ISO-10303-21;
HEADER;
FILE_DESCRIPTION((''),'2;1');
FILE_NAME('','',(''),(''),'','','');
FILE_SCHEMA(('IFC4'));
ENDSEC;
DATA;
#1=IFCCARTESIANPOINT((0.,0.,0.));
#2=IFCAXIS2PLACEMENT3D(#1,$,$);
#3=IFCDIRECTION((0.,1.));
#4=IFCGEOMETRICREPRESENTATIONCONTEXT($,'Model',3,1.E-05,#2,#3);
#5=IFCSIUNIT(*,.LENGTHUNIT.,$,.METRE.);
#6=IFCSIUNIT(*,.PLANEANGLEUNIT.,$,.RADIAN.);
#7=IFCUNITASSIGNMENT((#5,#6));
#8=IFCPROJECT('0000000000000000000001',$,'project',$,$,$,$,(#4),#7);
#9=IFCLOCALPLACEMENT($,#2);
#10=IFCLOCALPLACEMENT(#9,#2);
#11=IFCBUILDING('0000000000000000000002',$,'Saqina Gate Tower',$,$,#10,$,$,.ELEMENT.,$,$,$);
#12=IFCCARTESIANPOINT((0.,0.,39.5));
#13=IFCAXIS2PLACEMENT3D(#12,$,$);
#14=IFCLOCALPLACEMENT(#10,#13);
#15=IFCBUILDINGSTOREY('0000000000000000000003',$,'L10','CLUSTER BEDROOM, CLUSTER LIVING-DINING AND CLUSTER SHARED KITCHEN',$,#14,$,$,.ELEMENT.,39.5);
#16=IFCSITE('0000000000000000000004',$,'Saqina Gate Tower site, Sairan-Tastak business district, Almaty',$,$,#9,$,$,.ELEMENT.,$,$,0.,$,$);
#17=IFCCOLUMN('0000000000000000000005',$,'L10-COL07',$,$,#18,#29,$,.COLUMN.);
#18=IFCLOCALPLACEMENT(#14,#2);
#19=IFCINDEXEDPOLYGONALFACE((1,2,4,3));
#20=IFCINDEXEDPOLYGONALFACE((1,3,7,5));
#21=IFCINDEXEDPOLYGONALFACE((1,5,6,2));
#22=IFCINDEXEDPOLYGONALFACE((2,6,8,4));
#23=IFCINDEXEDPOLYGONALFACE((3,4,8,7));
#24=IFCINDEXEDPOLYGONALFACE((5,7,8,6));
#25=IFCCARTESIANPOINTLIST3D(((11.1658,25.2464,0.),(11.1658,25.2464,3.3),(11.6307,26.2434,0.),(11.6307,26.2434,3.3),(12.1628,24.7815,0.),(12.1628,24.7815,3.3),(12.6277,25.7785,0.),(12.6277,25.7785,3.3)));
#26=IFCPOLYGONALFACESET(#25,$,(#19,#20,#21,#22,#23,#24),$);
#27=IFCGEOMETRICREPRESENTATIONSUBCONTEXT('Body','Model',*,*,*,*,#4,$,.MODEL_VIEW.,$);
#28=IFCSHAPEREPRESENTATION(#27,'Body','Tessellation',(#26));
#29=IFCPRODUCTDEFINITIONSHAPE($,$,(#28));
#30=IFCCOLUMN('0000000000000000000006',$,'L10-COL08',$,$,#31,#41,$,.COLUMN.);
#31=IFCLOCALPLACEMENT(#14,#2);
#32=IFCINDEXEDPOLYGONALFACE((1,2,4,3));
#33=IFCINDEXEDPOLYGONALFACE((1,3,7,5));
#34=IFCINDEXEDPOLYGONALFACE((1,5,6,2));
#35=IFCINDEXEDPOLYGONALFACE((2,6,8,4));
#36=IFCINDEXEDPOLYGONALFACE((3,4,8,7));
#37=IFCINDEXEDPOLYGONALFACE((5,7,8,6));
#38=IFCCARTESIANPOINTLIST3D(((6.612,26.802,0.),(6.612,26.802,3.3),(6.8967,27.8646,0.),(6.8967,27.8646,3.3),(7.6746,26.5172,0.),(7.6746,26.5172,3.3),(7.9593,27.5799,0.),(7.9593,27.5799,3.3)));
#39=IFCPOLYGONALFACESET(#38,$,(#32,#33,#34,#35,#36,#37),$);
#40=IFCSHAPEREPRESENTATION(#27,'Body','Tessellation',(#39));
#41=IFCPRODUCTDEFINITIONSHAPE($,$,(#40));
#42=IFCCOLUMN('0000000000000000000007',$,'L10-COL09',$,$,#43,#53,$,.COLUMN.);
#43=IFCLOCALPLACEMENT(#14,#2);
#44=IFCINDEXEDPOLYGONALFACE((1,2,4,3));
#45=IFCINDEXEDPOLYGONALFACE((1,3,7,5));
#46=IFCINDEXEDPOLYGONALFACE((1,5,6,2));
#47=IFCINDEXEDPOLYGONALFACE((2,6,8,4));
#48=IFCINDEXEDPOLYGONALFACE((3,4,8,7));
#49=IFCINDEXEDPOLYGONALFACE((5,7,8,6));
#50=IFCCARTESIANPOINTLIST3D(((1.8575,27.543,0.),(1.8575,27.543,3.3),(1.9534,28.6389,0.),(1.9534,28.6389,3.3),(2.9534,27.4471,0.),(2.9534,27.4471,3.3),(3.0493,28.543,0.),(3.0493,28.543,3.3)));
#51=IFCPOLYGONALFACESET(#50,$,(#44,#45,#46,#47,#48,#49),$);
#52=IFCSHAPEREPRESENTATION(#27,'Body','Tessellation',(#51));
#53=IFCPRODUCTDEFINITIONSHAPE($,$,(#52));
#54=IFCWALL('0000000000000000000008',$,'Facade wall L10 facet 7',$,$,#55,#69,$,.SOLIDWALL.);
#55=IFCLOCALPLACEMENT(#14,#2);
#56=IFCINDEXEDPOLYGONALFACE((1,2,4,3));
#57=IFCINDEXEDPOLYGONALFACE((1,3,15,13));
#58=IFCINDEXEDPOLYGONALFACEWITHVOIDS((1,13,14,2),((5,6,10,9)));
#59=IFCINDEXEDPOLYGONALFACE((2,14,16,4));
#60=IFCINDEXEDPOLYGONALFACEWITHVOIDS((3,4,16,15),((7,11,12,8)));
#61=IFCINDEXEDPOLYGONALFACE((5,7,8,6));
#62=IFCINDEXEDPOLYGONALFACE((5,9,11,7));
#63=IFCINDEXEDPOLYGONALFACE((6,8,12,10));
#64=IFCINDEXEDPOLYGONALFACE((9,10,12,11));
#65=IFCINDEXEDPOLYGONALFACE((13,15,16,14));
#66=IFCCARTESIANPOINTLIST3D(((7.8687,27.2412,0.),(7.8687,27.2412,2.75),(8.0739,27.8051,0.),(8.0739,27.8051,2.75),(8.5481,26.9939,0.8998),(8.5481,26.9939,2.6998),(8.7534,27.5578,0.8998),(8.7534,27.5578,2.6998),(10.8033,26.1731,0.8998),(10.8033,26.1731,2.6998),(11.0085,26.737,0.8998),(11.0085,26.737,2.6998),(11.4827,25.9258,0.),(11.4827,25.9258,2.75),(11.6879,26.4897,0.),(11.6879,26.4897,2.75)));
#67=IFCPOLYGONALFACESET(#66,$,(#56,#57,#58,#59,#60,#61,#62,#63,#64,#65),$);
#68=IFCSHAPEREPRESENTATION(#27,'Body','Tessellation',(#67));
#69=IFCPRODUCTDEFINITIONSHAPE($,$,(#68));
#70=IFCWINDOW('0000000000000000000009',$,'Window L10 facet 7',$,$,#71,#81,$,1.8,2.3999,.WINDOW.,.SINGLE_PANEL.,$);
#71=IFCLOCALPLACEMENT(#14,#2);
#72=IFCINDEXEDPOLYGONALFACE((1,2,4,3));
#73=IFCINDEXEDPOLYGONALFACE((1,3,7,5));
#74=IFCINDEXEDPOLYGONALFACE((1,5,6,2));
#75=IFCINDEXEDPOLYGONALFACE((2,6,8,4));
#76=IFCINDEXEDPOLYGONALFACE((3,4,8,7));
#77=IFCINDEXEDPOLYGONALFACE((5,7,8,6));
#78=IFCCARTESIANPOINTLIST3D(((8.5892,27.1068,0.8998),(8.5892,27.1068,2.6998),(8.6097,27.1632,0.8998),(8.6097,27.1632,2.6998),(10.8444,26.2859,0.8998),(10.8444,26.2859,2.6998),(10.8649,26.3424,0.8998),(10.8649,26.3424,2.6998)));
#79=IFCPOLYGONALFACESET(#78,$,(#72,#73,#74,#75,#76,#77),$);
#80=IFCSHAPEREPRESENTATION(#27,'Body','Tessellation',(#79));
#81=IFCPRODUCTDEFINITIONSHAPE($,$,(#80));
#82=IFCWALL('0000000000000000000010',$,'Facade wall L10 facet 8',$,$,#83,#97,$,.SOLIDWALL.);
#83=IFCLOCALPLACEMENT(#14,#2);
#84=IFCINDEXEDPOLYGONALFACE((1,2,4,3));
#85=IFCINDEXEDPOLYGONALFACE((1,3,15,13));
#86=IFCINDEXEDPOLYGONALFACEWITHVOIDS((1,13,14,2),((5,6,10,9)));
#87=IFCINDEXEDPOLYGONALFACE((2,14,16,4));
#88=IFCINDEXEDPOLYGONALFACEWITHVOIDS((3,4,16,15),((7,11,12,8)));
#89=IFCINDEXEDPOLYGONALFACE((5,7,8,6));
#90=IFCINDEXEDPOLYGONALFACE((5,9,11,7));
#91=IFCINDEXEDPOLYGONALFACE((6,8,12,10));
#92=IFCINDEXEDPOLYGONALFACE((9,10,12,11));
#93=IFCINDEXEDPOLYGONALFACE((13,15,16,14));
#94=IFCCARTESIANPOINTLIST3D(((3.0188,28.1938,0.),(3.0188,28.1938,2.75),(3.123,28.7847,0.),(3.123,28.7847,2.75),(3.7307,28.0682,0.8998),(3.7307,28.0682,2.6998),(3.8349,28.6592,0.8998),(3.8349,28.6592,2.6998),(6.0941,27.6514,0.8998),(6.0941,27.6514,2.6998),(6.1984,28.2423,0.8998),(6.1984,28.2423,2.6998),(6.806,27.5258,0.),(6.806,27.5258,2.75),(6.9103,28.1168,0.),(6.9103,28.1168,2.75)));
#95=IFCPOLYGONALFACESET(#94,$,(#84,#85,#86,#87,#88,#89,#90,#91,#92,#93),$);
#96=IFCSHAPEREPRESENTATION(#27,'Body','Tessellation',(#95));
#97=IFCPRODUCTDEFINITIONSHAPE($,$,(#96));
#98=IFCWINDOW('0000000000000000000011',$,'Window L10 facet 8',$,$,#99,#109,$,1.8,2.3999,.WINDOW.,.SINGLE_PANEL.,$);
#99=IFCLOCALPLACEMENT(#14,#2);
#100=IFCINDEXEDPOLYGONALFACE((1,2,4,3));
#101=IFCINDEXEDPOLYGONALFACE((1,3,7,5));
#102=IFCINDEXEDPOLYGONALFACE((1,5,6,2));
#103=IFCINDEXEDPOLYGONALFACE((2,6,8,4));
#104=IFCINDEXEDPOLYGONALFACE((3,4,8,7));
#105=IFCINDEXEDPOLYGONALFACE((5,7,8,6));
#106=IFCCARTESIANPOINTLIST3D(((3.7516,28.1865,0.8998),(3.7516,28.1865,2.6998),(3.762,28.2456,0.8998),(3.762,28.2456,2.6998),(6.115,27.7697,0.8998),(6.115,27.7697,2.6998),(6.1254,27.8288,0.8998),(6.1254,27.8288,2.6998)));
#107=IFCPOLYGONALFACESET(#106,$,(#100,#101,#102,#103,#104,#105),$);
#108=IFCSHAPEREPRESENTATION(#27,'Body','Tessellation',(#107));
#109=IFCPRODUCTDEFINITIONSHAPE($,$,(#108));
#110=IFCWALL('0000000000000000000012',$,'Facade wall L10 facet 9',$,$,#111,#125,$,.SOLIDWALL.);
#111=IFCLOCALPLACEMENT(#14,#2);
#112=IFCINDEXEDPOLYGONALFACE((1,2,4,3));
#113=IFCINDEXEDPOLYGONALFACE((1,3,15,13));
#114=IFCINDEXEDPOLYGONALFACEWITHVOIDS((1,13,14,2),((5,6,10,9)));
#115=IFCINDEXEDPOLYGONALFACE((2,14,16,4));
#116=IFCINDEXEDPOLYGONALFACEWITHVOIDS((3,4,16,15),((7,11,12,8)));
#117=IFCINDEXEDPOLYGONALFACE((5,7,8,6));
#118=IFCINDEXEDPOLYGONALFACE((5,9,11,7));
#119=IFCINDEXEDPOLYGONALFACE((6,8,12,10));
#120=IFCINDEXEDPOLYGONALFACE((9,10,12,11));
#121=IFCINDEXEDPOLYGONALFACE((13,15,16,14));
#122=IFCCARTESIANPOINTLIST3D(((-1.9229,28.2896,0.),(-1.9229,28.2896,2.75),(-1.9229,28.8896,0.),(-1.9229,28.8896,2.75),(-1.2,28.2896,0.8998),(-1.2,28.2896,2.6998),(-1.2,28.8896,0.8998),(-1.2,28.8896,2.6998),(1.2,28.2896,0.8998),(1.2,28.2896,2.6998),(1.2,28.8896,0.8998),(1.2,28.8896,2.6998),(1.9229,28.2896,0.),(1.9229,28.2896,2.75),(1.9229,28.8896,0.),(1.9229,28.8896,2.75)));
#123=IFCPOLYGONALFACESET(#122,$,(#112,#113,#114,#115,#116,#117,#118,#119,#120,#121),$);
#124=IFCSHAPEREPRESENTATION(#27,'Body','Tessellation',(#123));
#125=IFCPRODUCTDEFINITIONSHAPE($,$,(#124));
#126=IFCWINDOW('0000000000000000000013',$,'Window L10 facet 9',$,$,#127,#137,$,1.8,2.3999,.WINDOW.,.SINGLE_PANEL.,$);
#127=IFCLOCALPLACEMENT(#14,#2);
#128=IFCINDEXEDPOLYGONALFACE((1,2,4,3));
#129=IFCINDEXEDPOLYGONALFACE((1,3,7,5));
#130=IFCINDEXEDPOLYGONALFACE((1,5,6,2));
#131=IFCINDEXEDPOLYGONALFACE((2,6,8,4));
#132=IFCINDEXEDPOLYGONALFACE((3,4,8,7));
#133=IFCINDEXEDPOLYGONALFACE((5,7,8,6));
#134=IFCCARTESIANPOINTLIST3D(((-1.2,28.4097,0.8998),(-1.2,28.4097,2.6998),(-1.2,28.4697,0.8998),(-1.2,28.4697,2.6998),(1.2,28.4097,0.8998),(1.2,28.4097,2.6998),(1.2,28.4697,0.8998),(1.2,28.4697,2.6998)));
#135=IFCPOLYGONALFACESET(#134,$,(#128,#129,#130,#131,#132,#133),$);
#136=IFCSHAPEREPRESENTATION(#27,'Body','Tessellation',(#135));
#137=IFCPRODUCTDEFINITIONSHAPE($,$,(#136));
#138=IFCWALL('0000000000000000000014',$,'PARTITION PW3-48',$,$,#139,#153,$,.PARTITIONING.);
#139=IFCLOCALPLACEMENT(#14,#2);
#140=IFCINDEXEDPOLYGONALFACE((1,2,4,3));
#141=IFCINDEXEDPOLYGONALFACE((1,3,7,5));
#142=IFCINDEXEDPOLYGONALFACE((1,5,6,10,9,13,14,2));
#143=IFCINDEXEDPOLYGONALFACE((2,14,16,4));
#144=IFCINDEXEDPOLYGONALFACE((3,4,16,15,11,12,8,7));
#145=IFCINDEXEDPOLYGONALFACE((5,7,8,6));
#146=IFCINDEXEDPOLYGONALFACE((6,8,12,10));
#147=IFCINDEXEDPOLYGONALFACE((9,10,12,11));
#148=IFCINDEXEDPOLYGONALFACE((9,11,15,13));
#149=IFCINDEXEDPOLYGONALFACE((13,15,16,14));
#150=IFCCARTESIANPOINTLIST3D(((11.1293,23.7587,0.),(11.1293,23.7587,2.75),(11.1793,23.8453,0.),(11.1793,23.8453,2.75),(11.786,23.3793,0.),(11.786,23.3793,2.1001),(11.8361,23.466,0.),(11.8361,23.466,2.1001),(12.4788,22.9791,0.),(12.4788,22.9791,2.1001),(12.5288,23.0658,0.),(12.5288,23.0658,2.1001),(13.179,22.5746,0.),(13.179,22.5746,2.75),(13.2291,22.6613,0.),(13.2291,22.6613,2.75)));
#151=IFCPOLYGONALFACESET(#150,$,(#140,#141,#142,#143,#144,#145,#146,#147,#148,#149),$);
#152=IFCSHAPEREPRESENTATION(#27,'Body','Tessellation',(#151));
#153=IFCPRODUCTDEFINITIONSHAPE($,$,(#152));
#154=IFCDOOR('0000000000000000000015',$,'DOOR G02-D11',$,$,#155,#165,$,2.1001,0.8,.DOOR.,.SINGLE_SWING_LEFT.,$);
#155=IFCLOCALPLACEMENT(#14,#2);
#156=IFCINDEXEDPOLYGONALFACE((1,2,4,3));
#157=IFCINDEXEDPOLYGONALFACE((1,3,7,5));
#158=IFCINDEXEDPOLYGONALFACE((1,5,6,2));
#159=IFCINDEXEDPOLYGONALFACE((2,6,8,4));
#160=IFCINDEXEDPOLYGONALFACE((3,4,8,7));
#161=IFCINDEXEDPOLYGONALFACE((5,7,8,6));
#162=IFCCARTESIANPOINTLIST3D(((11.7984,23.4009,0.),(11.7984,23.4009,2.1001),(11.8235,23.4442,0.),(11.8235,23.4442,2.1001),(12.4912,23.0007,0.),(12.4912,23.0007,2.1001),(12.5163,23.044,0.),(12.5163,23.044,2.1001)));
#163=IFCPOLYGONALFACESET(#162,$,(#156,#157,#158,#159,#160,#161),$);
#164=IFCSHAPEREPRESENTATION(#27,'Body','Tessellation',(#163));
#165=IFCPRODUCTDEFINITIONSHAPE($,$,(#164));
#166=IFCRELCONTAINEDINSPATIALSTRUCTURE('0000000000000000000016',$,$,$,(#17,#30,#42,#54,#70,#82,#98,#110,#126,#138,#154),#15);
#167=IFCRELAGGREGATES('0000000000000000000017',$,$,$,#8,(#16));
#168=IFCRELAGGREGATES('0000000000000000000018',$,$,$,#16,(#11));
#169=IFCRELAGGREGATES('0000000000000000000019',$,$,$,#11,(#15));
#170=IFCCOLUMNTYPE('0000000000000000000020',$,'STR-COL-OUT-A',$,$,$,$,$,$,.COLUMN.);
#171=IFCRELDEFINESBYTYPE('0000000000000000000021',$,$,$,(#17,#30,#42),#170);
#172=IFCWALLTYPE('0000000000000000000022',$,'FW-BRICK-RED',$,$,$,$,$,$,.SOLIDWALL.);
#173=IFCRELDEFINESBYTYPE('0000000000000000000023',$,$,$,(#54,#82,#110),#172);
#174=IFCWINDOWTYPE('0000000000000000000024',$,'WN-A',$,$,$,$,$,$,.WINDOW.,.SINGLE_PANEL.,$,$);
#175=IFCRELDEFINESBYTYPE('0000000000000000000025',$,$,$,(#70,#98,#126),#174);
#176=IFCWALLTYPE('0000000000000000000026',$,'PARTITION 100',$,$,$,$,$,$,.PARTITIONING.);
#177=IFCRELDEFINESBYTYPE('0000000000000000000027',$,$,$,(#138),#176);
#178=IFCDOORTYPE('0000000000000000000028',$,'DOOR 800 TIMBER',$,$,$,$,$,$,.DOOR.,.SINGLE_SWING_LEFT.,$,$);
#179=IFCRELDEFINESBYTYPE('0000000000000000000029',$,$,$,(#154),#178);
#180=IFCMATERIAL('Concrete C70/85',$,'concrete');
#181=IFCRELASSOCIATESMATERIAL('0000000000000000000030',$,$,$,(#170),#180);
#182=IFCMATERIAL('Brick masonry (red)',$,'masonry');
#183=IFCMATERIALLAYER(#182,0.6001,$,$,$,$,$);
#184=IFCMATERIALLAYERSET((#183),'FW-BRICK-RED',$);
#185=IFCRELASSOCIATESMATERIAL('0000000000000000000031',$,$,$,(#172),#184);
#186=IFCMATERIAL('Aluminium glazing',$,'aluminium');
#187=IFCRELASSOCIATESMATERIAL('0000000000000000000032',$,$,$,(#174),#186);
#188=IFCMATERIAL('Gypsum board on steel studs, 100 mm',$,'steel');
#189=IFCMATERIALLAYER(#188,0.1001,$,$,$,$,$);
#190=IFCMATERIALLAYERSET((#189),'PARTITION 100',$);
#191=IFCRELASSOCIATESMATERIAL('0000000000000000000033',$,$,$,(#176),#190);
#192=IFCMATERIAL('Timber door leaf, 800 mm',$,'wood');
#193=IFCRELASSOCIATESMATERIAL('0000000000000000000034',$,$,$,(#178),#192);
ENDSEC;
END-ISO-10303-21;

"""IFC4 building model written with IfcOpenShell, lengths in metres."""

from ifc_helpers import new_model, si_unit, direction, frame, frame_2d, origin, origin_2d, place, context, subcontext, project, spatial, rectangle, extrude, material, layer, layer_set, material_profile, profile_set, type_object, element, fill, save


model = new_model("IFC4")

# Units and contexts
model_context = context("Model", 3, precision=1e-05, world=origin(), true_north=direction((0.0, 1.0)))
body_context = subcontext(model_context, "Body", "Model", "MODEL_VIEW")
ifc_project = project(units=[si_unit("LENGTHUNIT", "METRE"), si_unit("PLANEANGLEUNIT", "RADIAN")], contexts=[model_context])

# Site, building, storey
site_placement = place(None, origin())
site = spatial("IfcSite", under=ifc_project, at=site_placement, Name="Saqina Gate Tower site, Sairan-Tastak business district, Almaty", CompositionType="ELEMENT", RefElevation=0.0)
building_placement = place(site_placement, origin())
building = spatial("IfcBuilding", under=site, at=building_placement, Name="Saqina Gate Tower", CompositionType="ELEMENT")
storey_placement = place(building_placement, frame((0.0, 0.0, 39.5)))
storey = spatial("IfcBuildingStorey", under=building, at=storey_placement, Name="L10", Description="CLUSTER BEDROOM, CLUSTER LIVING-DINING AND CLUSTER SHARED KITCHEN", CompositionType="ELEMENT", Elevation=39.5)

# Columns
ifc_material_1 = material(Name="Concrete C70/85", Category="concrete")
ifc_material_profile = material_profile(ifc_material_1, rectangle(XDim=1.1001, YDim=1.1001, at=origin_2d()), Name="RC 1100x1100")
ifc_profile_set = profile_set([ifc_material_profile], Name="Concrete C70/85")
column_type = type_object("IfcColumnType", Name="STR-COL-OUT-A", PredefinedType="COLUMN", material=ifc_profile_set)
for number, where, z_axis, x_axis, name in (
    (1, (11.8967, 25.5125, 0.0), (0.0, 0.0, 1.0), (0.422618, 0.906308, 0.0), "L10-COL07"),
    (2, (7.2856, 27.1909, 0.0), (0.0, 0.0, 1.0), (0.258819, 0.965926, 0.0), "L10-COL08"),
    (3, (2.4534, 28.043, 0.0), (0.0, 0.0, 1.0), (0.087156, 0.996195, 0.0), "L10-COL09"),
):
    element("IfcColumn", number, at=place(storey_placement, frame(where, z_axis=z_axis, x_axis=x_axis)), inside=storey, type_object=column_type, Name=name, PredefinedType="COLUMN", context=body_context, shape_type="SweptSolid", body=[
        extrude(rectangle(XDim=1.1001, YDim=1.1001, at=origin_2d()), origin(), (0.0, 0.0, 1.0), 3.3),
    ])

# Walls, openings, windows
ifc_material_2 = material(Name="Brick masonry (red)", Category="masonry")
ifc_layer_1 = layer(ifc_material_2, 0.6001)
ifc_layer_set_1 = layer_set([ifc_layer_1], Name="FW-BRICK-RED")
wall_type_1 = type_object("IfcWallType", Name="FW-BRICK-RED", PredefinedType="SOLIDWALL", material=ifc_layer_set_1)
wall_1_placement = place(storey_placement, frame((11.5852, 26.2078, 0.0), z_axis=(0.0, 0.0, 1.0), x_axis=(-0.93969, 0.342028, 0.0)))
wall_1 = element("IfcWall", 4, at=wall_1_placement, inside=storey, type_object=wall_type_1, Name="Facade wall L10 facet 7", PredefinedType="SOLIDWALL", context=body_context, shape_type="SweptSolid", body=[
    extrude(rectangle(XDim=3.8459, YDim=0.6001, at=frame_2d((1.9229, 0.0))), origin(), (0.0, 0.0, 1.0), 2.75),
])
opening_1_placement = place(wall_1_placement, frame((0.7229, 0.0, 0.8999)))
opening_1 = element("IfcOpeningElement", 5, at=opening_1_placement, cuts=wall_1, PredefinedType="OPENING", context=body_context, shape_type="SweptSolid", body=[
    extrude(rectangle(XDim=2.3999, YDim=1.8, at=frame_2d((1.2, 0.8999))), frame((0.0, 0.312, 0.0), z_axis=(0.0, -1.0, 0.0), x_axis=(1.0, 0.0, 0.0)), (0.0, 0.0, 1.0), 0.624),
])
ifc_material_3 = material(Name="Aluminium glazing", Category="aluminium")
window_type = type_object("IfcWindowType", Name="WN-A", PartitioningType="SINGLE_PANEL", PredefinedType="WINDOW", material=ifc_material_3)
window_1_placement = place(opening_1_placement, origin())
window_1 = element("IfcWindow", 6, at=window_1_placement, inside=storey, type_object=window_type, Name="Window L10 facet 7", OverallHeight=1.8, OverallWidth=2.3999, PartitioningType="SINGLE_PANEL", PredefinedType="WINDOW", context=body_context, shape_type="SweptSolid", body=[
    extrude(rectangle(XDim=2.3999, YDim=1.8, at=frame_2d((1.2, 0.8999))), frame((0.0, 0.1799, 0.0), z_axis=(0.0, -1.0, 0.0), x_axis=(1.0, 0.0, 0.0)), (0.0, 0.0, 1.0), 0.0601),
])
fill(opening_1, window_1)
wall_2_placement = place(storey_placement, frame((6.8582, 27.8213, 0.0), z_axis=(0.0, 0.0, 1.0), x_axis=(-0.984801, 0.173688, 0.0)))
wall_2 = element("IfcWall", 7, at=wall_2_placement, inside=storey, type_object=wall_type_1, Name="Facade wall L10 facet 8", PredefinedType="SOLIDWALL", context=body_context, shape_type="SweptSolid", body=[
    extrude(rectangle(XDim=3.8457, YDim=0.6001, at=frame_2d((1.9229, 0.0))), origin(), (0.0, 0.0, 1.0), 2.75),
])
opening_2_placement = place(wall_2_placement, frame((0.7229, 0.0, 0.8999)))
opening_2 = element("IfcOpeningElement", 8, at=opening_2_placement, cuts=wall_2, PredefinedType="OPENING", context=body_context, shape_type="SweptSolid", body=[
    extrude(rectangle(XDim=2.3999, YDim=1.8, at=frame_2d((1.2, 0.8999))), frame((0.0, 0.312, 0.0), z_axis=(0.0, -1.0, 0.0), x_axis=(1.0, 0.0, 0.0)), (0.0, 0.0, 1.0), 0.624),
])
window_2_placement = place(opening_2_placement, origin())
window_2 = element("IfcWindow", 9, at=window_2_placement, inside=storey, type_object=window_type, Name="Window L10 facet 8", OverallHeight=1.8, OverallWidth=2.3999, PartitioningType="SINGLE_PANEL", PredefinedType="WINDOW", context=body_context, shape_type="SweptSolid", body=[
    extrude(rectangle(XDim=2.3999, YDim=1.8, at=frame_2d((1.2, 0.8999))), frame((0.0, 0.1799, 0.0), z_axis=(0.0, -1.0, 0.0), x_axis=(1.0, 0.0, 0.0)), (0.0, 0.0, 1.0), 0.0601),
])
fill(opening_2, window_2)
wall_3_placement = place(storey_placement, frame((1.9229, 28.5896, 0.0), z_axis=(0.0, 0.0, 1.0), x_axis=(-1.0, 0.0, 0.0)))
wall_3 = element("IfcWall", 10, at=wall_3_placement, inside=storey, type_object=wall_type_1, Name="Facade wall L10 facet 9", PredefinedType="SOLIDWALL", context=body_context, shape_type="SweptSolid", body=[
    extrude(rectangle(XDim=3.8457, YDim=0.6001, at=frame_2d((1.9229, 0.0))), origin(), (0.0, 0.0, 1.0), 2.75),
])
opening_3_placement = place(wall_3_placement, frame((0.7229, 0.0, 0.8999)))
opening_3 = element("IfcOpeningElement", 11, at=opening_3_placement, cuts=wall_3, PredefinedType="OPENING", context=body_context, shape_type="SweptSolid", body=[
    extrude(rectangle(XDim=2.3999, YDim=1.8, at=frame_2d((1.2, 0.8999))), frame((0.0, 0.312, 0.0), z_axis=(0.0, -1.0, 0.0), x_axis=(1.0, 0.0, 0.0)), (0.0, 0.0, 1.0), 0.624),
])
window_3_placement = place(opening_3_placement, origin())
window_3 = element("IfcWindow", 12, at=window_3_placement, inside=storey, type_object=window_type, Name="Window L10 facet 9", OverallHeight=1.8, OverallWidth=2.3999, PartitioningType="SINGLE_PANEL", PredefinedType="WINDOW", context=body_context, shape_type="SweptSolid", body=[
    extrude(rectangle(XDim=2.3999, YDim=1.8, at=frame_2d((1.2, 0.8999))), frame((0.0, 0.1799, 0.0), z_axis=(0.0, -1.0, 0.0), x_axis=(1.0, 0.0, 0.0)), (0.0, 0.0, 1.0), 0.0601),
])
fill(opening_3, window_3)

# Wall, opening, door
ifc_material_4 = material(Name="Gypsum board on steel studs, 100 mm", Category="steel")
ifc_layer_2 = layer(ifc_material_4, 0.1001)
ifc_layer_set_2 = layer_set([ifc_layer_2], Name="PARTITION 100")
wall_type_2 = type_object("IfcWallType", Name="PARTITION 100", PredefinedType="PARTITIONING", material=ifc_layer_set_2)
wall_4_placement = place(storey_placement, frame((11.1543, 23.802, 0.0), z_axis=(0.0, 0.0, 1.0), x_axis=(0.865911, -0.500199, 0.0)))
wall_4 = element("IfcWall", 13, at=wall_4_placement, inside=storey, type_object=wall_type_2, Name="PARTITION PW3-48", PredefinedType="PARTITIONING", context=body_context, shape_type="SweptSolid", body=[
    extrude(rectangle(XDim=2.3672, YDim=0.1001, at=frame_2d((1.1836, 0.0))), origin(), (0.0, 0.0, 1.0), 2.75),
])
opening_4_placement = place(wall_4_placement, frame((0.7585, 0.0, 0.0)))
opening_4 = element("IfcOpeningElement", 14, at=opening_4_placement, cuts=wall_4, PredefinedType="OPENING", context=body_context, shape_type="SweptSolid", body=[
    extrude(rectangle(XDim=0.8, YDim=2.1001, at=frame_2d((0.3999, 1.05))), frame((0.0, 0.062, 0.0), z_axis=(0.0, -1.0, 0.0), x_axis=(1.0, 0.0, 0.0)), (0.0, 0.0, 1.0), 0.124),
])
ifc_material_5 = material(Name="Timber door leaf, 800 mm", Category="wood")
door_type_1 = type_object("IfcDoorType", Name="DOOR 800 TIMBER", OperationType="SINGLE_SWING_LEFT", PredefinedType="DOOR", material=ifc_material_5)
door_1_placement = place(opening_4_placement, origin())
door_1 = element("IfcDoor", 15, at=door_1_placement, inside=storey, type_object=door_type_1, Name="DOOR G02-D11", OperationType="SINGLE_SWING_LEFT", OverallHeight=2.1001, OverallWidth=0.8, PredefinedType="DOOR", context=body_context, shape_type="SweptSolid", body=[
    extrude(rectangle(XDim=0.8, YDim=2.1001, at=frame_2d((0.3999, 1.05))), frame((0.0, 0.0249, 0.0), z_axis=(0.0, -1.0, 0.0), x_axis=(1.0, 0.0, 0.0)), (0.0, 0.0, 1.0), 0.05),
])
fill(opening_4, door_1)

save(model, "model.ifc")
